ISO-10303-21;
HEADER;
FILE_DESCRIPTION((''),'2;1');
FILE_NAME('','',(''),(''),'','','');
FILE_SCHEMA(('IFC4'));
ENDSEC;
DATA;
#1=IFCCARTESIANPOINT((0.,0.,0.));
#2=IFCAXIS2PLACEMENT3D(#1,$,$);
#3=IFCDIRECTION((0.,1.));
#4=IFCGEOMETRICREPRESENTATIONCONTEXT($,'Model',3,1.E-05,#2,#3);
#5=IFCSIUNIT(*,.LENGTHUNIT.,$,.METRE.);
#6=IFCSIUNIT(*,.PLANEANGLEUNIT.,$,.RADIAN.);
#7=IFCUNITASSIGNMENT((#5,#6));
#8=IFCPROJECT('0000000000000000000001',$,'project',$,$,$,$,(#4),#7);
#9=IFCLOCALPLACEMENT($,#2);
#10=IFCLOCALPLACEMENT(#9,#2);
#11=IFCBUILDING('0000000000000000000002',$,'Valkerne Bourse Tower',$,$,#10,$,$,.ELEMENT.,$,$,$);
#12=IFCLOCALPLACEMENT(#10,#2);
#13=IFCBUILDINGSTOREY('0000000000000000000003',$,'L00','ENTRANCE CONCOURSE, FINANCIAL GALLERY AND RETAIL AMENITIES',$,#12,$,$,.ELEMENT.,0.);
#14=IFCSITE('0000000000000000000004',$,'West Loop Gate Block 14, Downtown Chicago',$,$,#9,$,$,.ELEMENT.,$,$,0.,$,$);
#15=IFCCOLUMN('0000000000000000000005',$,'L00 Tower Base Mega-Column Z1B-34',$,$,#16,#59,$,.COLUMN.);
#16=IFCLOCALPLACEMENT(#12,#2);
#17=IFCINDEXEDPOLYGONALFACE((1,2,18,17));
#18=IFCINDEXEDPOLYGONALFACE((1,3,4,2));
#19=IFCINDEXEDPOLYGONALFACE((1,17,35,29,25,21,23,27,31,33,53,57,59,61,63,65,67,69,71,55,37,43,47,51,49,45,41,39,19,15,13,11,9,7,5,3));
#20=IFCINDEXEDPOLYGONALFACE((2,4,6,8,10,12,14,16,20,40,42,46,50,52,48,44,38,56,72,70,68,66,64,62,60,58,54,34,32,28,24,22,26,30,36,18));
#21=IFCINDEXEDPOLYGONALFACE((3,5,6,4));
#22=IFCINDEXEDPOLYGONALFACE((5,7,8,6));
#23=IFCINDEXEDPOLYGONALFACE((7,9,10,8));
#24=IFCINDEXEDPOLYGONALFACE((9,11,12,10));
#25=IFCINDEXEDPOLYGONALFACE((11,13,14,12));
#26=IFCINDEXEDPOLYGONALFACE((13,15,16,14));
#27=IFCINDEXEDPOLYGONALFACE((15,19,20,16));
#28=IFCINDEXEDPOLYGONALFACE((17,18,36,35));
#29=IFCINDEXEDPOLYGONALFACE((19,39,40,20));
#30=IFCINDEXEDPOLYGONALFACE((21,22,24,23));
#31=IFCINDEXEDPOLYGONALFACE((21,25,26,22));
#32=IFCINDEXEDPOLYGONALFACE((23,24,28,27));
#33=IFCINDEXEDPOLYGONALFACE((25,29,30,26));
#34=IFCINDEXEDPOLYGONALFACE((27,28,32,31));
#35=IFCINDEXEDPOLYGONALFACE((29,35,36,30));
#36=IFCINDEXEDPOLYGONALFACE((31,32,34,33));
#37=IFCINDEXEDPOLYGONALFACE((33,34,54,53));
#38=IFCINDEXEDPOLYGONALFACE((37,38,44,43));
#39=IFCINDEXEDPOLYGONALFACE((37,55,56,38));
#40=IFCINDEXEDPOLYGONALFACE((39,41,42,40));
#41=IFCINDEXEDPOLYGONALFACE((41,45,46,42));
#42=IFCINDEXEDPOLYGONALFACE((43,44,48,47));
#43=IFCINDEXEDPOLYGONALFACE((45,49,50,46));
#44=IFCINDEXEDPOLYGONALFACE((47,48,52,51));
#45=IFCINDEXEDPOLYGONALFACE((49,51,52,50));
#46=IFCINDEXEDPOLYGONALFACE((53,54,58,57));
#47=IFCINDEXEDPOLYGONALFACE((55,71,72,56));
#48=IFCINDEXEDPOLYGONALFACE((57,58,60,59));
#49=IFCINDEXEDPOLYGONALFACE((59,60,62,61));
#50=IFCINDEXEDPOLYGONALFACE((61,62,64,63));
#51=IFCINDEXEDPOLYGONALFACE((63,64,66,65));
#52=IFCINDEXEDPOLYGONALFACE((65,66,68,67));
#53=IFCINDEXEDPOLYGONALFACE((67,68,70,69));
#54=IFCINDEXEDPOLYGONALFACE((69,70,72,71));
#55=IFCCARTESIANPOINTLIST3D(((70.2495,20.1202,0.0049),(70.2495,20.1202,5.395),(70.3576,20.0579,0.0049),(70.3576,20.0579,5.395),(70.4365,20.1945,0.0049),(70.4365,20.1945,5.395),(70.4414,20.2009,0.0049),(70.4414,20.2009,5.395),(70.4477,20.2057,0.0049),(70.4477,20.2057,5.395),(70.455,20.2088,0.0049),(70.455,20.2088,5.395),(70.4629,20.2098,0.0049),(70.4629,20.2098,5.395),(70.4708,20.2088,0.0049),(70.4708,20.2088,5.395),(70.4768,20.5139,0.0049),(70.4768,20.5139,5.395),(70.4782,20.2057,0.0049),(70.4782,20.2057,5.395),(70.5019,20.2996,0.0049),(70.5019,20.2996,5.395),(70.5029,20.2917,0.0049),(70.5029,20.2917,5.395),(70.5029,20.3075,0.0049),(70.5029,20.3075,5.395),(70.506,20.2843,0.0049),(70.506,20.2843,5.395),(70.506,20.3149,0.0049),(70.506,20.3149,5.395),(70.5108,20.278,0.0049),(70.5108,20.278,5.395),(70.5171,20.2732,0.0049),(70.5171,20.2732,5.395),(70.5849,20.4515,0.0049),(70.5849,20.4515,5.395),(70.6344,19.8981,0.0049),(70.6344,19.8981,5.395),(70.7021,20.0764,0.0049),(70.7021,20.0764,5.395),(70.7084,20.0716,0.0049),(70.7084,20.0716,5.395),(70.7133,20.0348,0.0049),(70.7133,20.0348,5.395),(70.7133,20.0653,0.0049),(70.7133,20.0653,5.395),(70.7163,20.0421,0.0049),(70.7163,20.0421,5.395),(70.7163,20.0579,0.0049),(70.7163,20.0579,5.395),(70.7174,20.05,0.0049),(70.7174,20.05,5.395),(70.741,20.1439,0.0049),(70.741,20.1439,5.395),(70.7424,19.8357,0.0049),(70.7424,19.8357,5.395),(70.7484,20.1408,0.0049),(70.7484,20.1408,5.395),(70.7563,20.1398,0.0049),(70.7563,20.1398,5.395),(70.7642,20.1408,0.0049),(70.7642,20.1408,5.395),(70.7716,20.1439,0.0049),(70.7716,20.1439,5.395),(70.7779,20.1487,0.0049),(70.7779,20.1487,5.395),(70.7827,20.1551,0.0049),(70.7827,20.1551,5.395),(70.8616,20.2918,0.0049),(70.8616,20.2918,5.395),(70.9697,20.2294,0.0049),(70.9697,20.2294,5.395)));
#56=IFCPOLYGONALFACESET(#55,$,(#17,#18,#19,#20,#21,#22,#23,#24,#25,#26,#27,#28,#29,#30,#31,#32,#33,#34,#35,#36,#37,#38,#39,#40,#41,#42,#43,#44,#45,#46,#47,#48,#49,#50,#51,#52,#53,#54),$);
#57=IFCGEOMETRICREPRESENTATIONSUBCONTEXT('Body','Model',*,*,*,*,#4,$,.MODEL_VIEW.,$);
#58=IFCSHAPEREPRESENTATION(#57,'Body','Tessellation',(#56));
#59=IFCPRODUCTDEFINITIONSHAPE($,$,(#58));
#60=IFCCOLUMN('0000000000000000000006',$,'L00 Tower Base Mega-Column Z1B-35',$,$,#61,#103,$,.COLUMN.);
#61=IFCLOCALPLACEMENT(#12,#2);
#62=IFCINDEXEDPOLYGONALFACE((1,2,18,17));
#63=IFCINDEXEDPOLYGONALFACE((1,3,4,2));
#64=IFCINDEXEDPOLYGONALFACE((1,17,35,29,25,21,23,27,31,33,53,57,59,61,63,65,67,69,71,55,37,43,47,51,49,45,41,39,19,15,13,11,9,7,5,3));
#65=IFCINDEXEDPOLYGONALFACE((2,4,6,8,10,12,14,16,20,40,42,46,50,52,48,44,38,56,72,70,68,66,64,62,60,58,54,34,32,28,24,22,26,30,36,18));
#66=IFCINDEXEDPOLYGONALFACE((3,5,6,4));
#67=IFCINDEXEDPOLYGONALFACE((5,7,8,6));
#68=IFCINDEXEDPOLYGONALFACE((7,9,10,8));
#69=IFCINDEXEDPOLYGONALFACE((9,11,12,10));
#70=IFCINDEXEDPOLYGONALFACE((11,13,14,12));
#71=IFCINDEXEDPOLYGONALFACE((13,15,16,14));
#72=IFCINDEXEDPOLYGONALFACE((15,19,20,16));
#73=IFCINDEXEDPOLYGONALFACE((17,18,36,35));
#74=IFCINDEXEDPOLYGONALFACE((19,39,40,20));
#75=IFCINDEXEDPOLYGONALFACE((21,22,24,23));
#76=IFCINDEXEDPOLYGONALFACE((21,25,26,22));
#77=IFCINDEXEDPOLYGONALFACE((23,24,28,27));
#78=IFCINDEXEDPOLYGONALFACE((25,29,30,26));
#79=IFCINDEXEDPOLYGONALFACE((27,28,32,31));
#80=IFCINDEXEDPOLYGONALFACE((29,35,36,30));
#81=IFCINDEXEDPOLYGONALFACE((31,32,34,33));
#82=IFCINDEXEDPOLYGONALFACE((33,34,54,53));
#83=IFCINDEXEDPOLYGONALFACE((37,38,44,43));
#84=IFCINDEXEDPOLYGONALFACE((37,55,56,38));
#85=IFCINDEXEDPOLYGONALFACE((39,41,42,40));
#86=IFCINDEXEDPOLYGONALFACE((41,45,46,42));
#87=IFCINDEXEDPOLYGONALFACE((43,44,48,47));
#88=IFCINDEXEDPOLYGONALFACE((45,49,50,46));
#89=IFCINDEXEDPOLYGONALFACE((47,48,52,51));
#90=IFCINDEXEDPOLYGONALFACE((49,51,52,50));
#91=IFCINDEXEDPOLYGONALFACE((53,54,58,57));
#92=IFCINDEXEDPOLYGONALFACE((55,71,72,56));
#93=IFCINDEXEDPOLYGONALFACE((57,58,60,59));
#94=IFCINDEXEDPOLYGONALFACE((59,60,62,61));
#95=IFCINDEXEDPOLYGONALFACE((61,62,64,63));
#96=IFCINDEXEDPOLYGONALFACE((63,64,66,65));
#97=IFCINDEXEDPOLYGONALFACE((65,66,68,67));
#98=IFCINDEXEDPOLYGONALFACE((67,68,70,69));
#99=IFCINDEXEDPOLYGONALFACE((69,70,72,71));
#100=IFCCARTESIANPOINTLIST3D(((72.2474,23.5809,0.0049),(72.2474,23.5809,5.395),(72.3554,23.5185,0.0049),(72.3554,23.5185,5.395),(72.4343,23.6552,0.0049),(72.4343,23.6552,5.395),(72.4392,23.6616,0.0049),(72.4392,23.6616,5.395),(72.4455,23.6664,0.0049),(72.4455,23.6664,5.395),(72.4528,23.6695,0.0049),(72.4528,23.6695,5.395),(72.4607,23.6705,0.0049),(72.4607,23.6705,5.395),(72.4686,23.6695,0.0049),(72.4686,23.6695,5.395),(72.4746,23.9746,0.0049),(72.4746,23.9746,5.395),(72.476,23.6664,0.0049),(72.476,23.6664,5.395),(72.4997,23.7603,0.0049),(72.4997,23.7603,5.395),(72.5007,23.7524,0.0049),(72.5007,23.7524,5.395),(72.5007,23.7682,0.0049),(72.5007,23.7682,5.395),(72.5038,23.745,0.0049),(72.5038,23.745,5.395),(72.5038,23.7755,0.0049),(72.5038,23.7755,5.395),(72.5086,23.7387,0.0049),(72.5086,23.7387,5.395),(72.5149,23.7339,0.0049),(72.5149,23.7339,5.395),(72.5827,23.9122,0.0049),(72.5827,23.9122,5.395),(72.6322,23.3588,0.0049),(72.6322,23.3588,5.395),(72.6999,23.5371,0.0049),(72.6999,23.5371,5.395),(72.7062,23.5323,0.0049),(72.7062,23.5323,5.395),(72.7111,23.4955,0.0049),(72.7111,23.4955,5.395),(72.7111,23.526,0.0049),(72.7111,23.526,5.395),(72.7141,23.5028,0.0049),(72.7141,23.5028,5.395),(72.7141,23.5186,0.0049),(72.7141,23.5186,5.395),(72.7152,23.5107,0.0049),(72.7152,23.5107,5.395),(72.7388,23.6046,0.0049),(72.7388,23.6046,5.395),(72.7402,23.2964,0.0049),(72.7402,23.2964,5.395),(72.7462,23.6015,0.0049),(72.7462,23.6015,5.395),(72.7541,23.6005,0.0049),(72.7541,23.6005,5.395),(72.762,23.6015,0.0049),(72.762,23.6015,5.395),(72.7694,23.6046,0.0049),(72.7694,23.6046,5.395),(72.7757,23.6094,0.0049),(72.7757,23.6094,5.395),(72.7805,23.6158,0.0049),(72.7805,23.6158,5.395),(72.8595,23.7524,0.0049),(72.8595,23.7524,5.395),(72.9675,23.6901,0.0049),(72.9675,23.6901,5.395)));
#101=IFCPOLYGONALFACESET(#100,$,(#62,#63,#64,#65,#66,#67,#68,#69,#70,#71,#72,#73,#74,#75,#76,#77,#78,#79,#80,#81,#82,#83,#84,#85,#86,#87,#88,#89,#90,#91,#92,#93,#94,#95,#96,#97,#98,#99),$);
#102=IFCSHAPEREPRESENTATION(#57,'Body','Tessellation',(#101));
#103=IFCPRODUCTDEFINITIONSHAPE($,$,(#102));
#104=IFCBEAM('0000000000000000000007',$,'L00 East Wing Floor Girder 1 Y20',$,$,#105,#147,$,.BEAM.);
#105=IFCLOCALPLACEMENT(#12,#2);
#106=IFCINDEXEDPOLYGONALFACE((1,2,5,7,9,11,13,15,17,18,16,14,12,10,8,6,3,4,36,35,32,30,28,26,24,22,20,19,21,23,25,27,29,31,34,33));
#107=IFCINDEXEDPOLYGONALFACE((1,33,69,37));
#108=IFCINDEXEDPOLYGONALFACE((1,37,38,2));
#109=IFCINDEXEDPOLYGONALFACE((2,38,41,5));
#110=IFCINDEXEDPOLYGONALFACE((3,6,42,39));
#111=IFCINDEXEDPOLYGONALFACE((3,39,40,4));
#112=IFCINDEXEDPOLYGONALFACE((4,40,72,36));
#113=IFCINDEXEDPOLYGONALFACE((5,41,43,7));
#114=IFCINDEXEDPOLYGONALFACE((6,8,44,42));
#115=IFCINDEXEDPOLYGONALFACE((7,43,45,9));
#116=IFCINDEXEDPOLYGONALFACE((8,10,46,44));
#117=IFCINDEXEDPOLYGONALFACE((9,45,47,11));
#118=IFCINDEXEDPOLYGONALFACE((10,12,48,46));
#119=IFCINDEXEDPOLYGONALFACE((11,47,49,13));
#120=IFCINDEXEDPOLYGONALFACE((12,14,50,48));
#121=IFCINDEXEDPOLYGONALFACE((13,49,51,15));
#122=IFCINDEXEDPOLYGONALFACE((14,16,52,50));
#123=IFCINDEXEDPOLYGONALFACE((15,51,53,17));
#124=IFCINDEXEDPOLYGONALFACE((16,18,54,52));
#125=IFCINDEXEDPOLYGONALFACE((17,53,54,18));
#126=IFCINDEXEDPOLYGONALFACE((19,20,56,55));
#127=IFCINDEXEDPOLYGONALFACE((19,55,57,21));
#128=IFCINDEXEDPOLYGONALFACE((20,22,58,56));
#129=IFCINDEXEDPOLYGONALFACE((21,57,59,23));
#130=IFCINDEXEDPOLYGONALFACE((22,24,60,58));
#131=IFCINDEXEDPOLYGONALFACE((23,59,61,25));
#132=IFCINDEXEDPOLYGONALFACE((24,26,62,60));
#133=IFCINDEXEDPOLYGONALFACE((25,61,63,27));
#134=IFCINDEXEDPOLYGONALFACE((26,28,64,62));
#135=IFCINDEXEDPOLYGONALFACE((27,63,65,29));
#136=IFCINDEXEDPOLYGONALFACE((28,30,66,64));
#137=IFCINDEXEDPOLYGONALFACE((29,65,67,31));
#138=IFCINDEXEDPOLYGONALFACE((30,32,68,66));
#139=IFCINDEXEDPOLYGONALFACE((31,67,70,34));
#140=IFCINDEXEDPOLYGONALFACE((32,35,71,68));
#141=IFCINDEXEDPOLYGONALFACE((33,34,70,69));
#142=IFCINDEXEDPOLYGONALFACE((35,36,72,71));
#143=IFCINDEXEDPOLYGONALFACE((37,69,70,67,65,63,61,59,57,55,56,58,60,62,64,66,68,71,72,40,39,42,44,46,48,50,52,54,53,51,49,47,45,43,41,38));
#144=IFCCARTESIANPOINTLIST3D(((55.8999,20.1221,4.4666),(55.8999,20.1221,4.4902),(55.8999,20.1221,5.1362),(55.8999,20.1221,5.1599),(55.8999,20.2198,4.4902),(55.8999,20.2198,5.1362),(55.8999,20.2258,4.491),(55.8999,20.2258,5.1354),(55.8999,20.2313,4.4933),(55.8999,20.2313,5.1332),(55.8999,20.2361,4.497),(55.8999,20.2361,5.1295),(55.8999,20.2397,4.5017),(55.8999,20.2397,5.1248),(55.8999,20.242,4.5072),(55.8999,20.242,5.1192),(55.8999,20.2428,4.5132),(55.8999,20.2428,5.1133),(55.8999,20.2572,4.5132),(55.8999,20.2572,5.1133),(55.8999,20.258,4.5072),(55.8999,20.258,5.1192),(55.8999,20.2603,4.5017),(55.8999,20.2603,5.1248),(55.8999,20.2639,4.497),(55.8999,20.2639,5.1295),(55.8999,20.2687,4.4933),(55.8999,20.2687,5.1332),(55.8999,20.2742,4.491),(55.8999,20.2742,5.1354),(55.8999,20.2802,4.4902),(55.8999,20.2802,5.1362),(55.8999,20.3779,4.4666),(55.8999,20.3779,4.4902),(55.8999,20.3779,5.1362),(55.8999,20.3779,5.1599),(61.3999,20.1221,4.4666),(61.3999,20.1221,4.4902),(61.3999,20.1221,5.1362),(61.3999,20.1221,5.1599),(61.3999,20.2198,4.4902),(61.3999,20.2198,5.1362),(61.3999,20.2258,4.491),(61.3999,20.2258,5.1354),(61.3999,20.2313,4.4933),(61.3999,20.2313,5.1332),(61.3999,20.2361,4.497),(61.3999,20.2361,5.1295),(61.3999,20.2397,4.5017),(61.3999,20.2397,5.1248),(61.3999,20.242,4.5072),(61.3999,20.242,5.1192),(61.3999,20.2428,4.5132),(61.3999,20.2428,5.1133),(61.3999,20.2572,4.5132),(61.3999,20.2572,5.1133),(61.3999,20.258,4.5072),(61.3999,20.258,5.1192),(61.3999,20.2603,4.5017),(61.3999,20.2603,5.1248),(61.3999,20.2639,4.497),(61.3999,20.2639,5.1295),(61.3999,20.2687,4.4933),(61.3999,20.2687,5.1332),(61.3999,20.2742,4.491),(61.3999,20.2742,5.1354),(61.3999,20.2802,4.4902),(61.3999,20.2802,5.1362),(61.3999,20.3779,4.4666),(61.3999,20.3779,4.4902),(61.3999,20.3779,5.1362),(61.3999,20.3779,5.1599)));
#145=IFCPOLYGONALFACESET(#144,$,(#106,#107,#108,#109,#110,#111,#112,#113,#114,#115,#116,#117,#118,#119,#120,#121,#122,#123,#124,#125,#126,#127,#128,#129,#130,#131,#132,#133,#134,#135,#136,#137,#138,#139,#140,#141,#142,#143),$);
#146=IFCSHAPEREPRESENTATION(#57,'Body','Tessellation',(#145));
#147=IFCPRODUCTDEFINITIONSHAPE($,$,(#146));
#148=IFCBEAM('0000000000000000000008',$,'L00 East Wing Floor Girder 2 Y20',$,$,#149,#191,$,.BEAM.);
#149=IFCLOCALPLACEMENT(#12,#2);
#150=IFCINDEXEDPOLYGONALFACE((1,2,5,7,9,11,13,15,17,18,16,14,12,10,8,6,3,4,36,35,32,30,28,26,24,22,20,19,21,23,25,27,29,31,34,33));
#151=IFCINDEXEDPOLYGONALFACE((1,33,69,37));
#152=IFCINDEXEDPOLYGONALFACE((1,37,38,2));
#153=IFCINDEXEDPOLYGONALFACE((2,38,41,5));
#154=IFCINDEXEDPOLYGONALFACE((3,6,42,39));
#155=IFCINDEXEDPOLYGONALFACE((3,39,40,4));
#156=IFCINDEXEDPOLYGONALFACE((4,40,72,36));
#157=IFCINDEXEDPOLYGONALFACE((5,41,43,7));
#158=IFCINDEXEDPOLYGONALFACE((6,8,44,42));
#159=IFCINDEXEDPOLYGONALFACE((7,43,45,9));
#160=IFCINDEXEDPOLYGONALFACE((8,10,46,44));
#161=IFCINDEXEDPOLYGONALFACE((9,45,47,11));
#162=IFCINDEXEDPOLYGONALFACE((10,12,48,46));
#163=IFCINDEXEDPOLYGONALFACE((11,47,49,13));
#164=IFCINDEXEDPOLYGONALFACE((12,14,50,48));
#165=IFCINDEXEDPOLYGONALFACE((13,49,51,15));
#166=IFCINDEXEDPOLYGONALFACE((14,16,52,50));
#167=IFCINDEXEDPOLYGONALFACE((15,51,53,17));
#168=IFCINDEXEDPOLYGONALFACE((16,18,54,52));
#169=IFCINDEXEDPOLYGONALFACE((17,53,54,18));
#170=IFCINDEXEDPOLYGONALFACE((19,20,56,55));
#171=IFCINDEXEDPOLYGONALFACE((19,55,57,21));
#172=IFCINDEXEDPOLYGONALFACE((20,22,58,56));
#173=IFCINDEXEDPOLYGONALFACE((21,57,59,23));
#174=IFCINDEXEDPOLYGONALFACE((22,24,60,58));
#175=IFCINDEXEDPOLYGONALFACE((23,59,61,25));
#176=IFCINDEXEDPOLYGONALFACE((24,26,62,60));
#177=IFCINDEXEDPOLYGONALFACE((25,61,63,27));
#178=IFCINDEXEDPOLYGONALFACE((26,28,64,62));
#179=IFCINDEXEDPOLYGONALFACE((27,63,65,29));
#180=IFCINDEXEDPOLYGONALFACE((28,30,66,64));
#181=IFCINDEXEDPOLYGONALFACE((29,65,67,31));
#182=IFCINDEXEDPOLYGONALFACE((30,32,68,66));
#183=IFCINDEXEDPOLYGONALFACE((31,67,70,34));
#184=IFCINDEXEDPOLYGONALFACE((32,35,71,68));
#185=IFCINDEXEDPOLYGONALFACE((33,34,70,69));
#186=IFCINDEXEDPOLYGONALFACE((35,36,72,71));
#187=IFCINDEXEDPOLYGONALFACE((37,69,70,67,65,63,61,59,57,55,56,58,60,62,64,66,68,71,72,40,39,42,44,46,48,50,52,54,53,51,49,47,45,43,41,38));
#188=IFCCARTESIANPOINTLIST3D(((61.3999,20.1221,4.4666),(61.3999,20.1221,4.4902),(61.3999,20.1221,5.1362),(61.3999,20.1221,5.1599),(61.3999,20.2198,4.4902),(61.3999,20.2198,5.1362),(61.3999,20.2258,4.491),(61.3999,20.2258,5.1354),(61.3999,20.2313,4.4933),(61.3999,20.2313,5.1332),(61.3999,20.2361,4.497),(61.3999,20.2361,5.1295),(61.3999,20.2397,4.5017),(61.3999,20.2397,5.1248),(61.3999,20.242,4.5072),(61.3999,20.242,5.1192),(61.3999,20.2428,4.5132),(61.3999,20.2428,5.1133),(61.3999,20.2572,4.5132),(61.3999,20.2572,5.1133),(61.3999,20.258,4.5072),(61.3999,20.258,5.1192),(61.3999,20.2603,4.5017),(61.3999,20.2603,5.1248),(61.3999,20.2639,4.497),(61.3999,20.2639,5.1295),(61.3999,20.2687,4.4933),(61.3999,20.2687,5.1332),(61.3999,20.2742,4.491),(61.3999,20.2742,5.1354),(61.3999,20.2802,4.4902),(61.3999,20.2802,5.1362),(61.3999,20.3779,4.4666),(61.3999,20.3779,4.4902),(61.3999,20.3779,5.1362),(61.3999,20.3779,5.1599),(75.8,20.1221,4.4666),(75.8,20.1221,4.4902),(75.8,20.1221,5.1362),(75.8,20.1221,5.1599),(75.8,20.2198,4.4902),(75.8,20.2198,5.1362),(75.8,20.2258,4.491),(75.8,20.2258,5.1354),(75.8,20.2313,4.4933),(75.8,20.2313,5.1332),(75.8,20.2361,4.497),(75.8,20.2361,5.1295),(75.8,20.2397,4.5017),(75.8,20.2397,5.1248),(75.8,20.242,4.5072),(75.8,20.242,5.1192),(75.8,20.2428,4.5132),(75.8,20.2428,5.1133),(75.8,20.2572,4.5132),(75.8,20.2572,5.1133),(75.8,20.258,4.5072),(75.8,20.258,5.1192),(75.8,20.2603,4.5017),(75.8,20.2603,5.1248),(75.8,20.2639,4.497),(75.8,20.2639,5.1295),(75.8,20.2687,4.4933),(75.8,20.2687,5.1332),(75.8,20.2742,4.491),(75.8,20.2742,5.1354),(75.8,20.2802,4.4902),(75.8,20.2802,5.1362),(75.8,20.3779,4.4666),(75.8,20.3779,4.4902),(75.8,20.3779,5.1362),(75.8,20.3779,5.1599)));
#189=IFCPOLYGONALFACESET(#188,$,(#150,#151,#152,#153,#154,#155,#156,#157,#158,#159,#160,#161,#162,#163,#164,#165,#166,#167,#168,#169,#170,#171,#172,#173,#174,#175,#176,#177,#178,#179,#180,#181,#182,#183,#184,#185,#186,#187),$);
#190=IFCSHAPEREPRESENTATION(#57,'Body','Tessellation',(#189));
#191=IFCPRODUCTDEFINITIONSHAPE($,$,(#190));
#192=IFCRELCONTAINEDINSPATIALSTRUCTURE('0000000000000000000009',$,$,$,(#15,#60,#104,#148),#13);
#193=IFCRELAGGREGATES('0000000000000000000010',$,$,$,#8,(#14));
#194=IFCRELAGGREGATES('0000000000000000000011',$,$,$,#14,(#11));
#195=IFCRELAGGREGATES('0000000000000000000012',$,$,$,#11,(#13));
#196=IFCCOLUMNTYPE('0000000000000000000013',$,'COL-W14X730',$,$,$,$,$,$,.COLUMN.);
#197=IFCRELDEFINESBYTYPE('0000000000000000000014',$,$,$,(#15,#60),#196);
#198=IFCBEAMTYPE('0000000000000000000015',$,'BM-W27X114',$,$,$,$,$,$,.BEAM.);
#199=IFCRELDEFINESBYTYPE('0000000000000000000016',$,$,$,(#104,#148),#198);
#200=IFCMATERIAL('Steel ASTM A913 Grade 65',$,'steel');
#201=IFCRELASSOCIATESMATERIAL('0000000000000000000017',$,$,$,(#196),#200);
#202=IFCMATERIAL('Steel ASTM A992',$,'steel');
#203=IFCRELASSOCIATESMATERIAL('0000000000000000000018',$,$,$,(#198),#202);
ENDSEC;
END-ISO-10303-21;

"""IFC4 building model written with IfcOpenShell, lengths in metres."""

from ifc_helpers import new_model, si_unit, direction, frame, origin, origin_2d, place, context, subcontext, project, spatial, i_section, extrude, material, material_profile, profile_set, type_object, element, save


model = new_model("IFC4")

# Units and contexts
model_context = context("Model", 3, precision=1e-05, world=origin(), true_north=direction((0.0, 1.0)))
body_context = subcontext(model_context, "Body", "Model", "MODEL_VIEW")
ifc_project = project(units=[si_unit("LENGTHUNIT", "METRE"), si_unit("PLANEANGLEUNIT", "RADIAN")], contexts=[model_context])

# Site, building, storey
site_placement = place(None, origin())
site = spatial("IfcSite", under=ifc_project, at=site_placement, Name="West Loop Gate Block 14, Downtown Chicago", CompositionType="ELEMENT", RefElevation=0.0)
building_placement = place(site_placement, origin())
building = spatial("IfcBuilding", under=site, at=building_placement, Name="Valkerne Bourse Tower", CompositionType="ELEMENT")
storey_placement = place(building_placement, origin())
storey = spatial("IfcBuildingStorey", under=building, at=storey_placement, Name="L00", Description="ENTRANCE CONCOURSE, FINANCIAL GALLERY AND RETAIL AMENITIES", CompositionType="ELEMENT", Elevation=0.0)

# Columns
ifc_material_1 = material(Name="Steel ASTM A913 Grade 65", Category="steel")
ifc_material_profile_1 = material_profile(ifc_material_1, i_section(OverallWidth=0.4546, OverallDepth=0.5691, WebThickness=0.0779, FlangeThickness=0.1248, FilletRadius=0.0305, at=origin_2d()), Name="W14X730")
ifc_profile_set_1 = profile_set([ifc_material_profile_1], Name="Steel ASTM A913 Grade 65")
column_type_1 = type_object("IfcColumnType", Name="COL-W14X730", PredefinedType="COLUMN", material=ifc_profile_set_1)
for number, where, z_axis, x_axis, name in (
    (1, (70.6096, 20.1748, 0.0049), (0.0, 0.0, 1.0), (0.5, 0.866025, 0.0), "L00 Tower Base Mega-Column Z1B-34"),
    (2, (72.6074, 23.6355, 0.0049), (0.0, 0.0, 1.0), (0.5, 0.866025, 0.0), "L00 Tower Base Mega-Column Z1B-35"),
):
    element("IfcColumn", number, at=place(storey_placement, frame(where, z_axis=z_axis, x_axis=x_axis)), inside=storey, type_object=column_type_1, Name=name, PredefinedType="COLUMN", context=body_context, shape_type="SweptSolid", body=[
        extrude(i_section(OverallWidth=0.4546, OverallDepth=0.5691, WebThickness=0.0779, FlangeThickness=0.1248, FilletRadius=0.0305, at=origin_2d()), origin(), (0.0, 0.0, 1.0), 5.3901),
    ])

# Beams
ifc_material_2 = material(Name="Steel ASTM A992", Category="steel")
ifc_material_profile_2 = material_profile(ifc_material_2, i_section(OverallWidth=0.2559, OverallDepth=0.6934, WebThickness=0.0144, FlangeThickness=0.0237, FilletRadius=0.0229, at=origin_2d()), Name="W27X114")
ifc_profile_set_2 = profile_set([ifc_material_profile_2], Name="Steel ASTM A992")
beam_type_1 = type_object("IfcBeamType", Name="BM-W27X114", PredefinedType="BEAM", material=ifc_profile_set_2)
beam_1_placement = place(storey_placement, frame((55.8999, 20.25, 4.8132), z_axis=(1.0, 0.0, 0.0), x_axis=(0.0, 1.0, 0.0)))
element("IfcBeam", 3, at=beam_1_placement, inside=storey, type_object=beam_type_1, Name="L00 East Wing Floor Girder 1 Y20", PredefinedType="BEAM", context=body_context, shape_type="SweptSolid", body=[
    extrude(i_section(OverallWidth=0.2559, OverallDepth=0.6934, WebThickness=0.0144, FlangeThickness=0.0237, FilletRadius=0.0229, at=origin_2d()), origin(), (0.0, 0.0, 1.0), 5.5),
])
beam_2_placement = place(storey_placement, frame((61.3999, 20.25, 4.8132), z_axis=(1.0, 0.0, 0.0), x_axis=(0.0, 1.0, 0.0)))
element("IfcBeam", 4, at=beam_2_placement, inside=storey, type_object=beam_type_1, Name="L00 East Wing Floor Girder 2 Y20", PredefinedType="BEAM", context=body_context, shape_type="SweptSolid", body=[
    extrude(i_section(OverallWidth=0.2559, OverallDepth=0.6934, WebThickness=0.0144, FlangeThickness=0.0237, FilletRadius=0.0229, at=origin_2d()), origin(), (0.0, 0.0, 1.0), 14.4001),
])

save(model, "model.ifc")
